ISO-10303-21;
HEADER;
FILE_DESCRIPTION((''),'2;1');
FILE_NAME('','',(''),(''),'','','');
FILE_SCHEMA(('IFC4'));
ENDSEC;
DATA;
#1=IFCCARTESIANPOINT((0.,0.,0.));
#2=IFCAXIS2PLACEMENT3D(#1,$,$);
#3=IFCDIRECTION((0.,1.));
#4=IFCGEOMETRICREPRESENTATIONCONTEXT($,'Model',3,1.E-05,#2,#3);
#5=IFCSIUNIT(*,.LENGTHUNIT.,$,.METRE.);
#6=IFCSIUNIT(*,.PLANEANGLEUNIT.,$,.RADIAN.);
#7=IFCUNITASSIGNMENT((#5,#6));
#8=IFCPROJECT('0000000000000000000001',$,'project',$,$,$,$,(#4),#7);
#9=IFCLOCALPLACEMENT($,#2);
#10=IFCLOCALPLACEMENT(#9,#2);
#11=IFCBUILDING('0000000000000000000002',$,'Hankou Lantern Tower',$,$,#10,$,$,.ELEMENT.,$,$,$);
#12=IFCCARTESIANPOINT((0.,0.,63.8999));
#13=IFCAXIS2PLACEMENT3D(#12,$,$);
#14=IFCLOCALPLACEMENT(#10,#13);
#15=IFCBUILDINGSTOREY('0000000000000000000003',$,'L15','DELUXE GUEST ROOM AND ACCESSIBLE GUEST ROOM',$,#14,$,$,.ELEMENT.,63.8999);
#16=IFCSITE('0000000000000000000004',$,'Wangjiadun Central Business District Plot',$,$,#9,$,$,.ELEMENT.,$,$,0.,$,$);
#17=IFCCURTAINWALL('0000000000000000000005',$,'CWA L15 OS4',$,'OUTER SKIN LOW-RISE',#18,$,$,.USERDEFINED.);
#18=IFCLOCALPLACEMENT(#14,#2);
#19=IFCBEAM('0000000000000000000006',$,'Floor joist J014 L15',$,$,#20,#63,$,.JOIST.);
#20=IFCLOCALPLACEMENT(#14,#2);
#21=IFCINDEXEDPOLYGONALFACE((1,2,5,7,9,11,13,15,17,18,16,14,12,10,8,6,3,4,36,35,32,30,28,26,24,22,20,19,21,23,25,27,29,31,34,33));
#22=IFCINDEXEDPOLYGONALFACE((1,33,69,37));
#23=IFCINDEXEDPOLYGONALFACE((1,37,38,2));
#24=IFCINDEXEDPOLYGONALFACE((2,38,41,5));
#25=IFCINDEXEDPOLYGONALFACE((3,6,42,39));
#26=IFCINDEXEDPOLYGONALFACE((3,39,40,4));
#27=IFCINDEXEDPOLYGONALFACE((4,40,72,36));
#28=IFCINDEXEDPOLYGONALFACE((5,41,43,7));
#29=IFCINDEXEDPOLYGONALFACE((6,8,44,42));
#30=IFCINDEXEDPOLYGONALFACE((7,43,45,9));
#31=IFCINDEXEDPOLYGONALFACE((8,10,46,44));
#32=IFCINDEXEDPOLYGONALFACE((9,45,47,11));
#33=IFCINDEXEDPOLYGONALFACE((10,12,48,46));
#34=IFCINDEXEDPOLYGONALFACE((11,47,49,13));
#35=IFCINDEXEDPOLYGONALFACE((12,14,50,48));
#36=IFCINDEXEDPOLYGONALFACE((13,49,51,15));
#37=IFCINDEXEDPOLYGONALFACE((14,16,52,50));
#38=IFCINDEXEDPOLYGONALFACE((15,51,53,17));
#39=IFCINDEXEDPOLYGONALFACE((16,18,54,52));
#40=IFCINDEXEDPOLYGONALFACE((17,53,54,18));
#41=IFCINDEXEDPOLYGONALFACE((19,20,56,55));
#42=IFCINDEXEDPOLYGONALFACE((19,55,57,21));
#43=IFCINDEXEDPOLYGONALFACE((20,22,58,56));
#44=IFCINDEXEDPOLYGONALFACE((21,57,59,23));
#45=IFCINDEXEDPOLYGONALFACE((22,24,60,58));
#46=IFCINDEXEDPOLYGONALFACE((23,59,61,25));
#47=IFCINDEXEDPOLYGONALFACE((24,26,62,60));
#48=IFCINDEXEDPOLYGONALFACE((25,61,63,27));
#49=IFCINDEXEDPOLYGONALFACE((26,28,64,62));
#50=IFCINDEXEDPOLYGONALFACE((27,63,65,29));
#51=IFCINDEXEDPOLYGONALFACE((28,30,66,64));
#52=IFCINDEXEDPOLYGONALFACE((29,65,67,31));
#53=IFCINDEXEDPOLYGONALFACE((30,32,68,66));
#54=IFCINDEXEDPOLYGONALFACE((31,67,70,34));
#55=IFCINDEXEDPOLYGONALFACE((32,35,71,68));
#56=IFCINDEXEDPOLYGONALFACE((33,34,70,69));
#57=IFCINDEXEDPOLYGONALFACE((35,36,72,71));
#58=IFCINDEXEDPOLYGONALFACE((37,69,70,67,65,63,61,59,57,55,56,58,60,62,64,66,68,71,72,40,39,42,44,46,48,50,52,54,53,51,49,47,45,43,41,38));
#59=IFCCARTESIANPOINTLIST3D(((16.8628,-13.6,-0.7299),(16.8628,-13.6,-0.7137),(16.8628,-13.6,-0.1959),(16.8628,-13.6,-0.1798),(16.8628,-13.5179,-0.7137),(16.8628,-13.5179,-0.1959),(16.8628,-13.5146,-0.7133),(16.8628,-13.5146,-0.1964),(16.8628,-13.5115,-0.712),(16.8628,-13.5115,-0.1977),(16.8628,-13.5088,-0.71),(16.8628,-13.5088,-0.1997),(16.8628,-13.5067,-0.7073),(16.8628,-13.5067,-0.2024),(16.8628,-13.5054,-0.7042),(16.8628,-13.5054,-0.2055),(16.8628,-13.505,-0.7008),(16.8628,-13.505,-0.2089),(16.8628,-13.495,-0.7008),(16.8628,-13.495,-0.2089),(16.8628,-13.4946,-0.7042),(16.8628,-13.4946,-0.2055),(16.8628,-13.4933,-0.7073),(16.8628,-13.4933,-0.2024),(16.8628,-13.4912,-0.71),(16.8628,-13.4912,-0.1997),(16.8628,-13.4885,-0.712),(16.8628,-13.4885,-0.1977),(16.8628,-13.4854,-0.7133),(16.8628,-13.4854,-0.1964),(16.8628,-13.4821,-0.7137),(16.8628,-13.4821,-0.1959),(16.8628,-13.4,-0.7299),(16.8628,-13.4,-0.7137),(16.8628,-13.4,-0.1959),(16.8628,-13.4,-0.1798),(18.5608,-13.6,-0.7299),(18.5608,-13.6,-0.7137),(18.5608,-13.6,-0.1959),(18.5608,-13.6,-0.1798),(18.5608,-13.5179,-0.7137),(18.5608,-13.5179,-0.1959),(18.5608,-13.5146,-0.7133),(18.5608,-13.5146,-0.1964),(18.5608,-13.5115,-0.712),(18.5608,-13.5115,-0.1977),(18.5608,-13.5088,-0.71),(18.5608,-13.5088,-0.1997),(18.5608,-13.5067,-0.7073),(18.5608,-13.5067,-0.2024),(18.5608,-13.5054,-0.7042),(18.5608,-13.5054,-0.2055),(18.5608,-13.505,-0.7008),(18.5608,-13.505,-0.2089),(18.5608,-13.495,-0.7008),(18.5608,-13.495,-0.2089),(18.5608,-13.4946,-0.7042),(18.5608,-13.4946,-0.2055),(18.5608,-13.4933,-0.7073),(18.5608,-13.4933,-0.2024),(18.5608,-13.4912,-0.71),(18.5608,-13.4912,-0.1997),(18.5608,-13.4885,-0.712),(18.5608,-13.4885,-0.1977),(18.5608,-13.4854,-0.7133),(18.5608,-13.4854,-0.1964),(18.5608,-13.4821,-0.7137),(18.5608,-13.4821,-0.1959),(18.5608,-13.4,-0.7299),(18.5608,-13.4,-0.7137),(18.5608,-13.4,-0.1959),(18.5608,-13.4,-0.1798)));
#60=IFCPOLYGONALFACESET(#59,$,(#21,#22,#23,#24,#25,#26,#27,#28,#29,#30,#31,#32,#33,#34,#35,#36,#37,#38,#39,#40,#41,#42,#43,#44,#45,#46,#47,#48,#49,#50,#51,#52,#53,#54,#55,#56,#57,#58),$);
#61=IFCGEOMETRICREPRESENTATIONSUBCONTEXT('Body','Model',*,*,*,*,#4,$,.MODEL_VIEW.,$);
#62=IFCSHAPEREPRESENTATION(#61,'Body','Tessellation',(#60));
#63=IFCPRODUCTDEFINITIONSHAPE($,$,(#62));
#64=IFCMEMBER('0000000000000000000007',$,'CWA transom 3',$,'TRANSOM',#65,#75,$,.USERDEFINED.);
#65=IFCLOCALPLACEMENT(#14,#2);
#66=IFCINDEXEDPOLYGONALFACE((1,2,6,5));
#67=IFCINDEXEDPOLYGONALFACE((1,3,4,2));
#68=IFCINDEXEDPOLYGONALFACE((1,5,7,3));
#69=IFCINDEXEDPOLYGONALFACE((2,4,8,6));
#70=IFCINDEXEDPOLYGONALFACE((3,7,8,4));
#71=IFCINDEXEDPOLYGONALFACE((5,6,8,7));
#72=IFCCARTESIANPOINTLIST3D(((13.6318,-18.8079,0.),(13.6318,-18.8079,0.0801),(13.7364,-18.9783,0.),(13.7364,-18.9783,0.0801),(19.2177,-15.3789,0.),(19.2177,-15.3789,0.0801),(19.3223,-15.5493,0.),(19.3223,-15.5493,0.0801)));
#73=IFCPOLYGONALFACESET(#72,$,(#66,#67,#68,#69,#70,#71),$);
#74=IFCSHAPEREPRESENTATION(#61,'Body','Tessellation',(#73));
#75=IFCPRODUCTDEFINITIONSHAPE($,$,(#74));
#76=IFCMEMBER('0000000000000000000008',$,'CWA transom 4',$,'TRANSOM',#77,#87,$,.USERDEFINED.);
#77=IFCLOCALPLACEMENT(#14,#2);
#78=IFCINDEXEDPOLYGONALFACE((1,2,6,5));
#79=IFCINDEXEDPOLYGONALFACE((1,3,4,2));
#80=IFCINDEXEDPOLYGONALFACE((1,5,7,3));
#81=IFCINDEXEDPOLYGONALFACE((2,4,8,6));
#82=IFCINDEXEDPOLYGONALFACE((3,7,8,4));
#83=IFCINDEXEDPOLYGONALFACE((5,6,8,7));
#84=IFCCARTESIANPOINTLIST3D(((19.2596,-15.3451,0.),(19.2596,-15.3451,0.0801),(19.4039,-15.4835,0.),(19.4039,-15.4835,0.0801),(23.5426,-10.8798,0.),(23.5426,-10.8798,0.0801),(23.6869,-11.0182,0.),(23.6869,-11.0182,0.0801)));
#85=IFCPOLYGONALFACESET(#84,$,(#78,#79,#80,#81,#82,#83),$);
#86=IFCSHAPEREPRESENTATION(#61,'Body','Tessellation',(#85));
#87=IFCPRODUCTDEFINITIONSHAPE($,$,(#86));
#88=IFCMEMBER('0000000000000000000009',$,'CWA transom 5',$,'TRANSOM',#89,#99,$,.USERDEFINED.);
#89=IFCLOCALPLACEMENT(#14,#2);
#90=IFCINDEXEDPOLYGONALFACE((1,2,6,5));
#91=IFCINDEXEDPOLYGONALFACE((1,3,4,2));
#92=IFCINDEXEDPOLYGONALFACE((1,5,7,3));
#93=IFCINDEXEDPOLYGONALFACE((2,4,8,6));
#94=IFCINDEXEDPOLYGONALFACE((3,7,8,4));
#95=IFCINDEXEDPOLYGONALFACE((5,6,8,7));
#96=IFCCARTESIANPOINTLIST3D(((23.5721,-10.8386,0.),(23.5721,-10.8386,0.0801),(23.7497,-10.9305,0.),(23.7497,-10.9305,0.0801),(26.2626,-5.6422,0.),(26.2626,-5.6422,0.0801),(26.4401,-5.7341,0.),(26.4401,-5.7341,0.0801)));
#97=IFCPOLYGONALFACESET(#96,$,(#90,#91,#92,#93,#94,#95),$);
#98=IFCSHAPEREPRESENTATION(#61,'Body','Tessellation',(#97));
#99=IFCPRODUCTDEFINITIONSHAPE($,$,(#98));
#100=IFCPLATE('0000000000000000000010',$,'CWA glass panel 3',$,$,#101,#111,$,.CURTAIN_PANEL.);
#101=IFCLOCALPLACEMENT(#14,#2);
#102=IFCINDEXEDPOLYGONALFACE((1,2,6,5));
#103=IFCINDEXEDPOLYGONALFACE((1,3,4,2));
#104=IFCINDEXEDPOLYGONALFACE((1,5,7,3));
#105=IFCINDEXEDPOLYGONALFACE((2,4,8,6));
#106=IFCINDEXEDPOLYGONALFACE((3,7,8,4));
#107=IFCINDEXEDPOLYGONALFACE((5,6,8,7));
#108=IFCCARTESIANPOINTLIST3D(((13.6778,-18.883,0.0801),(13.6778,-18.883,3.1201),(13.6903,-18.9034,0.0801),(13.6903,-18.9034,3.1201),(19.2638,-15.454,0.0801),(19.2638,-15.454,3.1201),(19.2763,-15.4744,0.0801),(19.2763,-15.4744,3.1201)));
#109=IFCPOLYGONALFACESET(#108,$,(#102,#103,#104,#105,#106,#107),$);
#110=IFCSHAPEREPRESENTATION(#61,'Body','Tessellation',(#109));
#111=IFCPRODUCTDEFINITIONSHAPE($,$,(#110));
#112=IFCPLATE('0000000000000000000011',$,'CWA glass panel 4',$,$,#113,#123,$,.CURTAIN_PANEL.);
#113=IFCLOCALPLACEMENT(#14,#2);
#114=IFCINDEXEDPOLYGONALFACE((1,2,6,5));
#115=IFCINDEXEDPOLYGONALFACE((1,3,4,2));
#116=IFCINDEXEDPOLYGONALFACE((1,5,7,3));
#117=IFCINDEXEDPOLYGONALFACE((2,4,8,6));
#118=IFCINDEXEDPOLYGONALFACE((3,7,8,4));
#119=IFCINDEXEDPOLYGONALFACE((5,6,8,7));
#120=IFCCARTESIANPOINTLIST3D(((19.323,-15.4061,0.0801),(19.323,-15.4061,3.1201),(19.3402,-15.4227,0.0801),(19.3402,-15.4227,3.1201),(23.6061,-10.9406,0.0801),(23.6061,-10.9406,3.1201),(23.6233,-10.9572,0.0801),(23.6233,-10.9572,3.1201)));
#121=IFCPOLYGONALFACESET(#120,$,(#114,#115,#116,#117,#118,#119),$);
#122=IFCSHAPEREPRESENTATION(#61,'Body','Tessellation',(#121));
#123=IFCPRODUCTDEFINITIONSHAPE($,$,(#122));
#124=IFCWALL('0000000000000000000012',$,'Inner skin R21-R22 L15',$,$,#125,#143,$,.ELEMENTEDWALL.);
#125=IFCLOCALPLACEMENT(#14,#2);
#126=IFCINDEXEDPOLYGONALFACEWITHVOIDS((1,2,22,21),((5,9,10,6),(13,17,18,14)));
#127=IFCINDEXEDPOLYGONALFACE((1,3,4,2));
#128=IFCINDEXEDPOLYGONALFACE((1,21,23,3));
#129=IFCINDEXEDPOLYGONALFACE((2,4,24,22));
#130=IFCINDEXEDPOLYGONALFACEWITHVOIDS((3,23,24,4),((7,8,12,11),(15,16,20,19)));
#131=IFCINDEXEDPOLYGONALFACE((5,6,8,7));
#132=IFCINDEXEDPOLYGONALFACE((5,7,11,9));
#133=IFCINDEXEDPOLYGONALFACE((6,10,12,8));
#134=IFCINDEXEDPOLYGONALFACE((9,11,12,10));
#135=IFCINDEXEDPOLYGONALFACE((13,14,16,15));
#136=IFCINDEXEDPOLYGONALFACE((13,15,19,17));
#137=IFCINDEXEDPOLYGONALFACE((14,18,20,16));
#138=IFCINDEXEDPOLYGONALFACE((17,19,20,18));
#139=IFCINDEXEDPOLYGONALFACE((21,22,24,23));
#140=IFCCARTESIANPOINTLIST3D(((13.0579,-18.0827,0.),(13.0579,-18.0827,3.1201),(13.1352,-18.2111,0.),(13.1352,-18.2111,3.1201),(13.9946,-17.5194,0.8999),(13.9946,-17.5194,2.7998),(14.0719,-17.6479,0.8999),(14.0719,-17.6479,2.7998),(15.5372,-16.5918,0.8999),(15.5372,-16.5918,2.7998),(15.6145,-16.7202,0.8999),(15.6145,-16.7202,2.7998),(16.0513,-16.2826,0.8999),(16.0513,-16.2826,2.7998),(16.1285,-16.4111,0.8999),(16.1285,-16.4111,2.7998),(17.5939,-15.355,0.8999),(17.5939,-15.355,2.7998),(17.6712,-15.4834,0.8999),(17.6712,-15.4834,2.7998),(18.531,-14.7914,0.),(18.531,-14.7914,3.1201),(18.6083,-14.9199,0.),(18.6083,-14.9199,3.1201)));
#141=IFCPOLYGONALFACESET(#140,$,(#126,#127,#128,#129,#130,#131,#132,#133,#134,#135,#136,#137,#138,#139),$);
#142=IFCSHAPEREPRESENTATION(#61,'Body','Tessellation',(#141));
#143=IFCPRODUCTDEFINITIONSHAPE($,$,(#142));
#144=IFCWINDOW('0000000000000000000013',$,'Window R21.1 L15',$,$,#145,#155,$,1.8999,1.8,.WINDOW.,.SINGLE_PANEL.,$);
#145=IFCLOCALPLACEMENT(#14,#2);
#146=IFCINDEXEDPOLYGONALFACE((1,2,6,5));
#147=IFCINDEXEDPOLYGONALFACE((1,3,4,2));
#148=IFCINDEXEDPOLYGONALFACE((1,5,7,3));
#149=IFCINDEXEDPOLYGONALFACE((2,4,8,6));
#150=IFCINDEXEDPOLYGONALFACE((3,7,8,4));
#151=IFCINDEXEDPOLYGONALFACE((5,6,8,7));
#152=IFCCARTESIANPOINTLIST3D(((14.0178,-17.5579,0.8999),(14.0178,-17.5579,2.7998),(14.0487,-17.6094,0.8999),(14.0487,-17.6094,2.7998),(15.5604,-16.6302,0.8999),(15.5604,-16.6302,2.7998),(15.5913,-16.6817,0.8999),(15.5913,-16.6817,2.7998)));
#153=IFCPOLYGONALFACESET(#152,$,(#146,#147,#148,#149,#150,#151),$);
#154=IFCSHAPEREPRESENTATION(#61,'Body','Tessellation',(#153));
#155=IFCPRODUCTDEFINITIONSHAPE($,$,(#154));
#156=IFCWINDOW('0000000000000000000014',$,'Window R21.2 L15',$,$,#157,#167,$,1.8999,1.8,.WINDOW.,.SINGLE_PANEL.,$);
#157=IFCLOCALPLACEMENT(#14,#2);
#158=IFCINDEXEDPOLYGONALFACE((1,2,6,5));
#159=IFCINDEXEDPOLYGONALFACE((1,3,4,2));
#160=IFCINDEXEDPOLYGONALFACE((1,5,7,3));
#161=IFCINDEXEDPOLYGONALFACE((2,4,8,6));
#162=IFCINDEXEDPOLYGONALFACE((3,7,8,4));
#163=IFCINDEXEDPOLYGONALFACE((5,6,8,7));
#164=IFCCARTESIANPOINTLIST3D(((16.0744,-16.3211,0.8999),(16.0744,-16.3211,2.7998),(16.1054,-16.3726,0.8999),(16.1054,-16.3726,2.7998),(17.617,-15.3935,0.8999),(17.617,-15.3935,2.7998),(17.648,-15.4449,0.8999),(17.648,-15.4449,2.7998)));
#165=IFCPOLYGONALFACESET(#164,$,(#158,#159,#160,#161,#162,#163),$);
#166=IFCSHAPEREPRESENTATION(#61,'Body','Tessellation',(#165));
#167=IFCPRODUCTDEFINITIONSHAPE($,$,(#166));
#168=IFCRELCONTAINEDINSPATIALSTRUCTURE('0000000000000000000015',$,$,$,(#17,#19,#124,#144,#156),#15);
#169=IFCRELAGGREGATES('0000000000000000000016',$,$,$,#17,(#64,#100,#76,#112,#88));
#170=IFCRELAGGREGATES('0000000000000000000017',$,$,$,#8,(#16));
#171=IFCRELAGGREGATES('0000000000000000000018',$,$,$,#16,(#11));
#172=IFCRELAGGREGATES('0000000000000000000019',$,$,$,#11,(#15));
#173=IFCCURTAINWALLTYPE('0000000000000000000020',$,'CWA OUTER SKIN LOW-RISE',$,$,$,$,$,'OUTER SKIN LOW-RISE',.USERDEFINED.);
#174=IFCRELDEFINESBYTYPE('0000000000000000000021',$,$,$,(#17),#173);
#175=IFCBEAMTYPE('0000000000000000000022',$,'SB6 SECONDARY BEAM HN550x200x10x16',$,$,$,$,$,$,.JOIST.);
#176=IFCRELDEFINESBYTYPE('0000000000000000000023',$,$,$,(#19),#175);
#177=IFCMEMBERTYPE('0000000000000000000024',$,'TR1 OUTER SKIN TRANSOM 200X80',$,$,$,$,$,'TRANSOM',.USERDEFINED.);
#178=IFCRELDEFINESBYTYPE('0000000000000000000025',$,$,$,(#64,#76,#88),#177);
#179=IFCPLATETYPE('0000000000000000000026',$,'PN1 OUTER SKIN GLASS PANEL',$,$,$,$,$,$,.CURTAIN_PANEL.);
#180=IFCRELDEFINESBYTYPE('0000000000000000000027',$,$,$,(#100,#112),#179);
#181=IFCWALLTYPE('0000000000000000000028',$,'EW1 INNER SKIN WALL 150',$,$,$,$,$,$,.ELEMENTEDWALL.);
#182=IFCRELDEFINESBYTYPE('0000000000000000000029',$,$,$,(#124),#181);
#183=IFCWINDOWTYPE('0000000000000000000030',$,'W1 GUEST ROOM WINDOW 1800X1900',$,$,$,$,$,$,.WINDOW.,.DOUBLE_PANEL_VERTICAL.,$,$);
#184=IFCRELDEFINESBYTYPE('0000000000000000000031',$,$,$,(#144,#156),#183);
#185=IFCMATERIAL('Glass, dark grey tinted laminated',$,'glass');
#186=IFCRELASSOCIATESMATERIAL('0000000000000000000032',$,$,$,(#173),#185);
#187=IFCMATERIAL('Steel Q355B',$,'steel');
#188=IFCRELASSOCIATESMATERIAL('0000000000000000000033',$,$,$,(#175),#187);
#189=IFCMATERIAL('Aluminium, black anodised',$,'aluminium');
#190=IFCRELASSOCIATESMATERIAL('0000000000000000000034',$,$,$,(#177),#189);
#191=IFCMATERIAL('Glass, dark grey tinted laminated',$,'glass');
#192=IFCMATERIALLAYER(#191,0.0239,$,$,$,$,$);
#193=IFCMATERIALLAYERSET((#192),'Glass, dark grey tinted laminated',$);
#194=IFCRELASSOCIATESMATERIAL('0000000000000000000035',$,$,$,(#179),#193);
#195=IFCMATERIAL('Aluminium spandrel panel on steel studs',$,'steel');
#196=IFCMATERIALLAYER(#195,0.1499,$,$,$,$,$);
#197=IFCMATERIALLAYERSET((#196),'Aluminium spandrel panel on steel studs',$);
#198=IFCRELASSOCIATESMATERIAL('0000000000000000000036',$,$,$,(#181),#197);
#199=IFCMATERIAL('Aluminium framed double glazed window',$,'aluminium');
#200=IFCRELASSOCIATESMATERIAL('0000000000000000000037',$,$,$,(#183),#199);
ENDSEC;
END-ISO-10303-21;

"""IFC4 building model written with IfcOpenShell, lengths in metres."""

from ifc_helpers import new_model, si_unit, direction, frame, frame_2d, origin, origin_2d, place, context, subcontext, project, spatial, rectangle, i_section, extrude, material, layer, layer_set, material_profile, profile_set, type_object, element, fill, aggregate, save


model = new_model("IFC4")

# Units and contexts
model_context = context("Model", 3, precision=1e-05, world=origin(), true_north=direction((0.0, 1.0)))
body_context = subcontext(model_context, "Body", "Model", "MODEL_VIEW")
ifc_project = project(units=[si_unit("LENGTHUNIT", "METRE"), si_unit("PLANEANGLEUNIT", "RADIAN")], contexts=[model_context])

# Site, building, storey
site_placement = place(None, origin())
site = spatial("IfcSite", under=ifc_project, at=site_placement, Name="Wangjiadun Central Business District Plot", CompositionType="ELEMENT", RefElevation=0.0)
building_placement = place(site_placement, origin())
building = spatial("IfcBuilding", under=site, at=building_placement, Name="Hankou Lantern Tower", CompositionType="ELEMENT")
storey_placement = place(building_placement, frame((0.0, 0.0, 63.8999)))
storey = spatial("IfcBuildingStorey", under=building, at=storey_placement, Name="L15", Description="DELUXE GUEST ROOM AND ACCESSIBLE GUEST ROOM", CompositionType="ELEMENT", Elevation=63.8999)

# Curtain wall
ifc_material_1 = material(Name="Glass, dark grey tinted laminated", Category="glass")
curtain_wall_type = type_object("IfcCurtainWallType", Name="CWA OUTER SKIN LOW-RISE", ElementType="OUTER SKIN LOW-RISE", PredefinedType="USERDEFINED", material=ifc_material_1)
curtain_wall_placement = place(storey_placement, origin())
curtain_wall = element("IfcCurtainWall", 1, at=curtain_wall_placement, inside=storey, type_object=curtain_wall_type, Name="CWA L15 OS4", ObjectType="OUTER SKIN LOW-RISE", PredefinedType="USERDEFINED")

# Beam
ifc_material_2 = material(Name="Steel Q355B", Category="steel")
ifc_material_profile_1 = material_profile(ifc_material_2, i_section(OverallWidth=0.2, OverallDepth=0.55, WebThickness=0.01, FlangeThickness=0.0161, FilletRadius=0.0129, at=origin_2d()), Name="HN550x200x10x16")
ifc_profile_set_1 = profile_set([ifc_material_profile_1], Name="Steel Q355B")
beam_type_1 = type_object("IfcBeamType", Name="SB6 SECONDARY BEAM HN550x200x10x16", PredefinedType="JOIST", material=ifc_profile_set_1)
beam_1_placement = place(storey_placement, frame((16.8628, -13.5, -0.4548), z_axis=(1.0, 0.0, 0.0), x_axis=(0.0, 1.0, 0.0)))
element("IfcBeam", 2, at=beam_1_placement, inside=storey, type_object=beam_type_1, Name="Floor joist J014 L15", PredefinedType="JOIST", context=body_context, shape_type="SweptSolid", body=[
    extrude(i_section(OverallWidth=0.2, OverallDepth=0.55, WebThickness=0.01, FlangeThickness=0.0161, FilletRadius=0.0129, at=origin_2d()), origin(), (0.0, 0.0, 1.0), 1.698),
])

# Members
ifc_material_3 = material(Name="Aluminium, black anodised", Category="aluminium")
ifc_material_profile_2 = material_profile(ifc_material_3, rectangle(XDim=0.2, YDim=0.0801, at=origin_2d()), Name="TR1 200X80")
ifc_profile_set_2 = profile_set([ifc_material_profile_2], Name="Aluminium, black anodised")
member_type_1 = type_object("IfcMemberType", Name="TR1 OUTER SKIN TRANSOM 200X80", ElementType="TRANSOM", PredefinedType="USERDEFINED", material=ifc_profile_set_2)
member_1_placement = place(storey_placement, frame((13.6841, -18.8931, 0.04), z_axis=(0.85224, 0.523152, 0.0), x_axis=(-0.523152, 0.85224, 0.0)))
member_1 = element("IfcMember", 3, at=member_1_placement, type_object=member_type_1, Name="CWA transom 3", ObjectType="TRANSOM", PredefinedType="USERDEFINED", context=body_context, shape_type="SweptSolid", body=[
    extrude(rectangle(XDim=0.2, YDim=0.0801, at=origin_2d()), origin(), (0.0, 0.0, 1.0), 6.5544),
])
member_2_placement = place(storey_placement, frame((19.3318, -15.4143, 0.04), z_axis=(0.692216, 0.721691, 0.0), x_axis=(-0.721691, 0.692216, 0.0)))
member_2 = element("IfcMember", 4, at=member_2_placement, type_object=member_type_1, Name="CWA transom 4", ObjectType="TRANSOM", PredefinedType="USERDEFINED", context=body_context, shape_type="SweptSolid", body=[
    extrude(rectangle(XDim=0.2, YDim=0.0801, at=origin_2d()), origin(), (0.0, 0.0, 1.0), 6.1873),
])
member_3_placement = place(storey_placement, frame((23.6609, -10.8845, 0.04), z_axis=(0.459786, 0.88803, 0.0), x_axis=(-0.88803, 0.459786, 0.0)))
member_3 = element("IfcMember", 5, at=member_3_placement, type_object=member_type_1, Name="CWA transom 5", ObjectType="TRANSOM", PredefinedType="USERDEFINED", context=body_context, shape_type="SweptSolid", body=[
    extrude(rectangle(XDim=0.2, YDim=0.0801, at=origin_2d()), origin(), (0.0, 0.0, 1.0), 5.8516),
])

# Plates
ifc_material_4 = material(Name="Glass, dark grey tinted laminated", Category="glass")
ifc_layer_1 = layer(ifc_material_4, 0.0239)
ifc_layer_set_1 = layer_set([ifc_layer_1], Name="Glass, dark grey tinted laminated")
plate_type = type_object("IfcPlateType", Name="PN1 OUTER SKIN GLASS PANEL", PredefinedType="CURTAIN_PANEL", material=ifc_layer_set_1)
plate_1_placement = place(storey_placement, frame((16.4771, -17.1787, 0.0801), z_axis=(0.0, 0.0, 1.0), x_axis=(0.852237, 0.523156, 0.0)))
plate_1 = element("IfcPlate", 6, at=plate_1_placement, type_object=plate_type, Name="CWA glass panel 3", PredefinedType="CURTAIN_PANEL", context=body_context, shape_type="SweptSolid", body=[
    extrude(rectangle(XDim=6.5544, YDim=0.0239, at=origin_2d()), origin(), (0.0, 0.0, 1.0), 3.04),
])
plate_2_placement = place(storey_placement, frame((21.4731, -13.1816, 0.0801), z_axis=(0.0, 0.0, 1.0), x_axis=(0.692216, 0.721691, 0.0)))
plate_2 = element("IfcPlate", 7, at=plate_2_placement, type_object=plate_type, Name="CWA glass panel 4", PredefinedType="CURTAIN_PANEL", context=body_context, shape_type="SweptSolid", body=[
    extrude(rectangle(XDim=6.1875, YDim=0.0239, at=origin_2d()), origin(), (0.0, 0.0, 1.0), 3.04),
])
aggregate(curtain_wall, [member_1, plate_1, member_2, plate_2, member_3])

# Wall, openings, windows
ifc_material_5 = material(Name="Aluminium spandrel panel on steel studs", Category="steel")
ifc_layer_2 = layer(ifc_material_5, 0.1499)
ifc_layer_set_2 = layer_set([ifc_layer_2], Name="Aluminium spandrel panel on steel studs")
wall_type_1 = type_object("IfcWallType", Name="EW1 INNER SKIN WALL 150", PredefinedType="ELEMENTEDWALL", material=ifc_layer_set_2)
wall_1_placement = place(storey_placement, frame((13.0964, -18.147, 0.0), z_axis=(0.0, 0.0, 1.0), x_axis=(0.856983, 0.515344, 0.0)))
wall_1 = element("IfcWall", 8, at=wall_1_placement, inside=storey, type_object=wall_type_1, Name="Inner skin R21-R22 L15", PredefinedType="ELEMENTEDWALL", context=body_context, shape_type="SweptSolid", body=[
    extrude(rectangle(XDim=6.3865, YDim=0.1499, at=frame_2d((3.1934, 0.0))), origin(), (0.0, 0.0, 1.0), 3.1201),
])
opening_1_placement = place(wall_1_placement, frame((1.0933, 0.0, 0.8999)))
opening_1 = element("IfcOpeningElement", 9, at=opening_1_placement, cuts=wall_1, PredefinedType="OPENING", context=body_context, shape_type="SweptSolid", body=[
    extrude(rectangle(XDim=1.8, YDim=1.8999, at=frame_2d((0.8999, 0.95))), frame((0.0, 0.085, 0.0), z_axis=(0.0, -1.0, 0.0), x_axis=(1.0, 0.0, 0.0)), (0.0, 0.0, 1.0), 0.1699),
])
opening_2_placement = place(wall_1_placement, frame((3.4932, 0.0, 0.8999)))
opening_2 = element("IfcOpeningElement", 10, at=opening_2_placement, cuts=wall_1, PredefinedType="OPENING", context=body_context, shape_type="SweptSolid", body=[
    extrude(rectangle(XDim=1.8, YDim=1.8999, at=frame_2d((0.8999, 0.95))), frame((0.0, 0.085, 0.0), z_axis=(0.0, -1.0, 0.0), x_axis=(1.0, 0.0, 0.0)), (0.0, 0.0, 1.0), 0.1699),
])
ifc_material_6 = material(Name="Aluminium framed double glazed window", Category="aluminium")
window_type = type_object("IfcWindowType", Name="W1 GUEST ROOM WINDOW 1800X1900", PartitioningType="DOUBLE_PANEL_VERTICAL", PredefinedType="WINDOW", material=ifc_material_6)
window_1_placement = place(opening_1_placement, origin())
window_1 = element("IfcWindow", 11, at=window_1_placement, inside=storey, type_object=window_type, Name="Window R21.1 L15", OverallHeight=1.8999, OverallWidth=1.8, PartitioningType="SINGLE_PANEL", PredefinedType="WINDOW", context=body_context, shape_type="SweptSolid", body=[
    extrude(rectangle(XDim=1.8, YDim=1.8999, at=frame_2d((0.8999, 0.95))), frame((0.0, 0.03, 0.0), z_axis=(0.0, -1.0, 0.0), x_axis=(1.0, 0.0, 0.0)), (0.0, 0.0, 1.0), 0.0601),
])
fill(opening_1, window_1)
window_2_placement = place(opening_2_placement, origin())
window_2 = element("IfcWindow", 12, at=window_2_placement, inside=storey, type_object=window_type, Name="Window R21.2 L15", OverallHeight=1.8999, OverallWidth=1.8, PartitioningType="SINGLE_PANEL", PredefinedType="WINDOW", context=body_context, shape_type="SweptSolid", body=[
    extrude(rectangle(XDim=1.8, YDim=1.8999, at=frame_2d((0.8999, 0.95))), frame((0.0, 0.03, 0.0), z_axis=(0.0, -1.0, 0.0), x_axis=(1.0, 0.0, 0.0)), (0.0, 0.0, 1.0), 0.0601),
])
fill(opening_2, window_2)

save(model, "model.ifc")
